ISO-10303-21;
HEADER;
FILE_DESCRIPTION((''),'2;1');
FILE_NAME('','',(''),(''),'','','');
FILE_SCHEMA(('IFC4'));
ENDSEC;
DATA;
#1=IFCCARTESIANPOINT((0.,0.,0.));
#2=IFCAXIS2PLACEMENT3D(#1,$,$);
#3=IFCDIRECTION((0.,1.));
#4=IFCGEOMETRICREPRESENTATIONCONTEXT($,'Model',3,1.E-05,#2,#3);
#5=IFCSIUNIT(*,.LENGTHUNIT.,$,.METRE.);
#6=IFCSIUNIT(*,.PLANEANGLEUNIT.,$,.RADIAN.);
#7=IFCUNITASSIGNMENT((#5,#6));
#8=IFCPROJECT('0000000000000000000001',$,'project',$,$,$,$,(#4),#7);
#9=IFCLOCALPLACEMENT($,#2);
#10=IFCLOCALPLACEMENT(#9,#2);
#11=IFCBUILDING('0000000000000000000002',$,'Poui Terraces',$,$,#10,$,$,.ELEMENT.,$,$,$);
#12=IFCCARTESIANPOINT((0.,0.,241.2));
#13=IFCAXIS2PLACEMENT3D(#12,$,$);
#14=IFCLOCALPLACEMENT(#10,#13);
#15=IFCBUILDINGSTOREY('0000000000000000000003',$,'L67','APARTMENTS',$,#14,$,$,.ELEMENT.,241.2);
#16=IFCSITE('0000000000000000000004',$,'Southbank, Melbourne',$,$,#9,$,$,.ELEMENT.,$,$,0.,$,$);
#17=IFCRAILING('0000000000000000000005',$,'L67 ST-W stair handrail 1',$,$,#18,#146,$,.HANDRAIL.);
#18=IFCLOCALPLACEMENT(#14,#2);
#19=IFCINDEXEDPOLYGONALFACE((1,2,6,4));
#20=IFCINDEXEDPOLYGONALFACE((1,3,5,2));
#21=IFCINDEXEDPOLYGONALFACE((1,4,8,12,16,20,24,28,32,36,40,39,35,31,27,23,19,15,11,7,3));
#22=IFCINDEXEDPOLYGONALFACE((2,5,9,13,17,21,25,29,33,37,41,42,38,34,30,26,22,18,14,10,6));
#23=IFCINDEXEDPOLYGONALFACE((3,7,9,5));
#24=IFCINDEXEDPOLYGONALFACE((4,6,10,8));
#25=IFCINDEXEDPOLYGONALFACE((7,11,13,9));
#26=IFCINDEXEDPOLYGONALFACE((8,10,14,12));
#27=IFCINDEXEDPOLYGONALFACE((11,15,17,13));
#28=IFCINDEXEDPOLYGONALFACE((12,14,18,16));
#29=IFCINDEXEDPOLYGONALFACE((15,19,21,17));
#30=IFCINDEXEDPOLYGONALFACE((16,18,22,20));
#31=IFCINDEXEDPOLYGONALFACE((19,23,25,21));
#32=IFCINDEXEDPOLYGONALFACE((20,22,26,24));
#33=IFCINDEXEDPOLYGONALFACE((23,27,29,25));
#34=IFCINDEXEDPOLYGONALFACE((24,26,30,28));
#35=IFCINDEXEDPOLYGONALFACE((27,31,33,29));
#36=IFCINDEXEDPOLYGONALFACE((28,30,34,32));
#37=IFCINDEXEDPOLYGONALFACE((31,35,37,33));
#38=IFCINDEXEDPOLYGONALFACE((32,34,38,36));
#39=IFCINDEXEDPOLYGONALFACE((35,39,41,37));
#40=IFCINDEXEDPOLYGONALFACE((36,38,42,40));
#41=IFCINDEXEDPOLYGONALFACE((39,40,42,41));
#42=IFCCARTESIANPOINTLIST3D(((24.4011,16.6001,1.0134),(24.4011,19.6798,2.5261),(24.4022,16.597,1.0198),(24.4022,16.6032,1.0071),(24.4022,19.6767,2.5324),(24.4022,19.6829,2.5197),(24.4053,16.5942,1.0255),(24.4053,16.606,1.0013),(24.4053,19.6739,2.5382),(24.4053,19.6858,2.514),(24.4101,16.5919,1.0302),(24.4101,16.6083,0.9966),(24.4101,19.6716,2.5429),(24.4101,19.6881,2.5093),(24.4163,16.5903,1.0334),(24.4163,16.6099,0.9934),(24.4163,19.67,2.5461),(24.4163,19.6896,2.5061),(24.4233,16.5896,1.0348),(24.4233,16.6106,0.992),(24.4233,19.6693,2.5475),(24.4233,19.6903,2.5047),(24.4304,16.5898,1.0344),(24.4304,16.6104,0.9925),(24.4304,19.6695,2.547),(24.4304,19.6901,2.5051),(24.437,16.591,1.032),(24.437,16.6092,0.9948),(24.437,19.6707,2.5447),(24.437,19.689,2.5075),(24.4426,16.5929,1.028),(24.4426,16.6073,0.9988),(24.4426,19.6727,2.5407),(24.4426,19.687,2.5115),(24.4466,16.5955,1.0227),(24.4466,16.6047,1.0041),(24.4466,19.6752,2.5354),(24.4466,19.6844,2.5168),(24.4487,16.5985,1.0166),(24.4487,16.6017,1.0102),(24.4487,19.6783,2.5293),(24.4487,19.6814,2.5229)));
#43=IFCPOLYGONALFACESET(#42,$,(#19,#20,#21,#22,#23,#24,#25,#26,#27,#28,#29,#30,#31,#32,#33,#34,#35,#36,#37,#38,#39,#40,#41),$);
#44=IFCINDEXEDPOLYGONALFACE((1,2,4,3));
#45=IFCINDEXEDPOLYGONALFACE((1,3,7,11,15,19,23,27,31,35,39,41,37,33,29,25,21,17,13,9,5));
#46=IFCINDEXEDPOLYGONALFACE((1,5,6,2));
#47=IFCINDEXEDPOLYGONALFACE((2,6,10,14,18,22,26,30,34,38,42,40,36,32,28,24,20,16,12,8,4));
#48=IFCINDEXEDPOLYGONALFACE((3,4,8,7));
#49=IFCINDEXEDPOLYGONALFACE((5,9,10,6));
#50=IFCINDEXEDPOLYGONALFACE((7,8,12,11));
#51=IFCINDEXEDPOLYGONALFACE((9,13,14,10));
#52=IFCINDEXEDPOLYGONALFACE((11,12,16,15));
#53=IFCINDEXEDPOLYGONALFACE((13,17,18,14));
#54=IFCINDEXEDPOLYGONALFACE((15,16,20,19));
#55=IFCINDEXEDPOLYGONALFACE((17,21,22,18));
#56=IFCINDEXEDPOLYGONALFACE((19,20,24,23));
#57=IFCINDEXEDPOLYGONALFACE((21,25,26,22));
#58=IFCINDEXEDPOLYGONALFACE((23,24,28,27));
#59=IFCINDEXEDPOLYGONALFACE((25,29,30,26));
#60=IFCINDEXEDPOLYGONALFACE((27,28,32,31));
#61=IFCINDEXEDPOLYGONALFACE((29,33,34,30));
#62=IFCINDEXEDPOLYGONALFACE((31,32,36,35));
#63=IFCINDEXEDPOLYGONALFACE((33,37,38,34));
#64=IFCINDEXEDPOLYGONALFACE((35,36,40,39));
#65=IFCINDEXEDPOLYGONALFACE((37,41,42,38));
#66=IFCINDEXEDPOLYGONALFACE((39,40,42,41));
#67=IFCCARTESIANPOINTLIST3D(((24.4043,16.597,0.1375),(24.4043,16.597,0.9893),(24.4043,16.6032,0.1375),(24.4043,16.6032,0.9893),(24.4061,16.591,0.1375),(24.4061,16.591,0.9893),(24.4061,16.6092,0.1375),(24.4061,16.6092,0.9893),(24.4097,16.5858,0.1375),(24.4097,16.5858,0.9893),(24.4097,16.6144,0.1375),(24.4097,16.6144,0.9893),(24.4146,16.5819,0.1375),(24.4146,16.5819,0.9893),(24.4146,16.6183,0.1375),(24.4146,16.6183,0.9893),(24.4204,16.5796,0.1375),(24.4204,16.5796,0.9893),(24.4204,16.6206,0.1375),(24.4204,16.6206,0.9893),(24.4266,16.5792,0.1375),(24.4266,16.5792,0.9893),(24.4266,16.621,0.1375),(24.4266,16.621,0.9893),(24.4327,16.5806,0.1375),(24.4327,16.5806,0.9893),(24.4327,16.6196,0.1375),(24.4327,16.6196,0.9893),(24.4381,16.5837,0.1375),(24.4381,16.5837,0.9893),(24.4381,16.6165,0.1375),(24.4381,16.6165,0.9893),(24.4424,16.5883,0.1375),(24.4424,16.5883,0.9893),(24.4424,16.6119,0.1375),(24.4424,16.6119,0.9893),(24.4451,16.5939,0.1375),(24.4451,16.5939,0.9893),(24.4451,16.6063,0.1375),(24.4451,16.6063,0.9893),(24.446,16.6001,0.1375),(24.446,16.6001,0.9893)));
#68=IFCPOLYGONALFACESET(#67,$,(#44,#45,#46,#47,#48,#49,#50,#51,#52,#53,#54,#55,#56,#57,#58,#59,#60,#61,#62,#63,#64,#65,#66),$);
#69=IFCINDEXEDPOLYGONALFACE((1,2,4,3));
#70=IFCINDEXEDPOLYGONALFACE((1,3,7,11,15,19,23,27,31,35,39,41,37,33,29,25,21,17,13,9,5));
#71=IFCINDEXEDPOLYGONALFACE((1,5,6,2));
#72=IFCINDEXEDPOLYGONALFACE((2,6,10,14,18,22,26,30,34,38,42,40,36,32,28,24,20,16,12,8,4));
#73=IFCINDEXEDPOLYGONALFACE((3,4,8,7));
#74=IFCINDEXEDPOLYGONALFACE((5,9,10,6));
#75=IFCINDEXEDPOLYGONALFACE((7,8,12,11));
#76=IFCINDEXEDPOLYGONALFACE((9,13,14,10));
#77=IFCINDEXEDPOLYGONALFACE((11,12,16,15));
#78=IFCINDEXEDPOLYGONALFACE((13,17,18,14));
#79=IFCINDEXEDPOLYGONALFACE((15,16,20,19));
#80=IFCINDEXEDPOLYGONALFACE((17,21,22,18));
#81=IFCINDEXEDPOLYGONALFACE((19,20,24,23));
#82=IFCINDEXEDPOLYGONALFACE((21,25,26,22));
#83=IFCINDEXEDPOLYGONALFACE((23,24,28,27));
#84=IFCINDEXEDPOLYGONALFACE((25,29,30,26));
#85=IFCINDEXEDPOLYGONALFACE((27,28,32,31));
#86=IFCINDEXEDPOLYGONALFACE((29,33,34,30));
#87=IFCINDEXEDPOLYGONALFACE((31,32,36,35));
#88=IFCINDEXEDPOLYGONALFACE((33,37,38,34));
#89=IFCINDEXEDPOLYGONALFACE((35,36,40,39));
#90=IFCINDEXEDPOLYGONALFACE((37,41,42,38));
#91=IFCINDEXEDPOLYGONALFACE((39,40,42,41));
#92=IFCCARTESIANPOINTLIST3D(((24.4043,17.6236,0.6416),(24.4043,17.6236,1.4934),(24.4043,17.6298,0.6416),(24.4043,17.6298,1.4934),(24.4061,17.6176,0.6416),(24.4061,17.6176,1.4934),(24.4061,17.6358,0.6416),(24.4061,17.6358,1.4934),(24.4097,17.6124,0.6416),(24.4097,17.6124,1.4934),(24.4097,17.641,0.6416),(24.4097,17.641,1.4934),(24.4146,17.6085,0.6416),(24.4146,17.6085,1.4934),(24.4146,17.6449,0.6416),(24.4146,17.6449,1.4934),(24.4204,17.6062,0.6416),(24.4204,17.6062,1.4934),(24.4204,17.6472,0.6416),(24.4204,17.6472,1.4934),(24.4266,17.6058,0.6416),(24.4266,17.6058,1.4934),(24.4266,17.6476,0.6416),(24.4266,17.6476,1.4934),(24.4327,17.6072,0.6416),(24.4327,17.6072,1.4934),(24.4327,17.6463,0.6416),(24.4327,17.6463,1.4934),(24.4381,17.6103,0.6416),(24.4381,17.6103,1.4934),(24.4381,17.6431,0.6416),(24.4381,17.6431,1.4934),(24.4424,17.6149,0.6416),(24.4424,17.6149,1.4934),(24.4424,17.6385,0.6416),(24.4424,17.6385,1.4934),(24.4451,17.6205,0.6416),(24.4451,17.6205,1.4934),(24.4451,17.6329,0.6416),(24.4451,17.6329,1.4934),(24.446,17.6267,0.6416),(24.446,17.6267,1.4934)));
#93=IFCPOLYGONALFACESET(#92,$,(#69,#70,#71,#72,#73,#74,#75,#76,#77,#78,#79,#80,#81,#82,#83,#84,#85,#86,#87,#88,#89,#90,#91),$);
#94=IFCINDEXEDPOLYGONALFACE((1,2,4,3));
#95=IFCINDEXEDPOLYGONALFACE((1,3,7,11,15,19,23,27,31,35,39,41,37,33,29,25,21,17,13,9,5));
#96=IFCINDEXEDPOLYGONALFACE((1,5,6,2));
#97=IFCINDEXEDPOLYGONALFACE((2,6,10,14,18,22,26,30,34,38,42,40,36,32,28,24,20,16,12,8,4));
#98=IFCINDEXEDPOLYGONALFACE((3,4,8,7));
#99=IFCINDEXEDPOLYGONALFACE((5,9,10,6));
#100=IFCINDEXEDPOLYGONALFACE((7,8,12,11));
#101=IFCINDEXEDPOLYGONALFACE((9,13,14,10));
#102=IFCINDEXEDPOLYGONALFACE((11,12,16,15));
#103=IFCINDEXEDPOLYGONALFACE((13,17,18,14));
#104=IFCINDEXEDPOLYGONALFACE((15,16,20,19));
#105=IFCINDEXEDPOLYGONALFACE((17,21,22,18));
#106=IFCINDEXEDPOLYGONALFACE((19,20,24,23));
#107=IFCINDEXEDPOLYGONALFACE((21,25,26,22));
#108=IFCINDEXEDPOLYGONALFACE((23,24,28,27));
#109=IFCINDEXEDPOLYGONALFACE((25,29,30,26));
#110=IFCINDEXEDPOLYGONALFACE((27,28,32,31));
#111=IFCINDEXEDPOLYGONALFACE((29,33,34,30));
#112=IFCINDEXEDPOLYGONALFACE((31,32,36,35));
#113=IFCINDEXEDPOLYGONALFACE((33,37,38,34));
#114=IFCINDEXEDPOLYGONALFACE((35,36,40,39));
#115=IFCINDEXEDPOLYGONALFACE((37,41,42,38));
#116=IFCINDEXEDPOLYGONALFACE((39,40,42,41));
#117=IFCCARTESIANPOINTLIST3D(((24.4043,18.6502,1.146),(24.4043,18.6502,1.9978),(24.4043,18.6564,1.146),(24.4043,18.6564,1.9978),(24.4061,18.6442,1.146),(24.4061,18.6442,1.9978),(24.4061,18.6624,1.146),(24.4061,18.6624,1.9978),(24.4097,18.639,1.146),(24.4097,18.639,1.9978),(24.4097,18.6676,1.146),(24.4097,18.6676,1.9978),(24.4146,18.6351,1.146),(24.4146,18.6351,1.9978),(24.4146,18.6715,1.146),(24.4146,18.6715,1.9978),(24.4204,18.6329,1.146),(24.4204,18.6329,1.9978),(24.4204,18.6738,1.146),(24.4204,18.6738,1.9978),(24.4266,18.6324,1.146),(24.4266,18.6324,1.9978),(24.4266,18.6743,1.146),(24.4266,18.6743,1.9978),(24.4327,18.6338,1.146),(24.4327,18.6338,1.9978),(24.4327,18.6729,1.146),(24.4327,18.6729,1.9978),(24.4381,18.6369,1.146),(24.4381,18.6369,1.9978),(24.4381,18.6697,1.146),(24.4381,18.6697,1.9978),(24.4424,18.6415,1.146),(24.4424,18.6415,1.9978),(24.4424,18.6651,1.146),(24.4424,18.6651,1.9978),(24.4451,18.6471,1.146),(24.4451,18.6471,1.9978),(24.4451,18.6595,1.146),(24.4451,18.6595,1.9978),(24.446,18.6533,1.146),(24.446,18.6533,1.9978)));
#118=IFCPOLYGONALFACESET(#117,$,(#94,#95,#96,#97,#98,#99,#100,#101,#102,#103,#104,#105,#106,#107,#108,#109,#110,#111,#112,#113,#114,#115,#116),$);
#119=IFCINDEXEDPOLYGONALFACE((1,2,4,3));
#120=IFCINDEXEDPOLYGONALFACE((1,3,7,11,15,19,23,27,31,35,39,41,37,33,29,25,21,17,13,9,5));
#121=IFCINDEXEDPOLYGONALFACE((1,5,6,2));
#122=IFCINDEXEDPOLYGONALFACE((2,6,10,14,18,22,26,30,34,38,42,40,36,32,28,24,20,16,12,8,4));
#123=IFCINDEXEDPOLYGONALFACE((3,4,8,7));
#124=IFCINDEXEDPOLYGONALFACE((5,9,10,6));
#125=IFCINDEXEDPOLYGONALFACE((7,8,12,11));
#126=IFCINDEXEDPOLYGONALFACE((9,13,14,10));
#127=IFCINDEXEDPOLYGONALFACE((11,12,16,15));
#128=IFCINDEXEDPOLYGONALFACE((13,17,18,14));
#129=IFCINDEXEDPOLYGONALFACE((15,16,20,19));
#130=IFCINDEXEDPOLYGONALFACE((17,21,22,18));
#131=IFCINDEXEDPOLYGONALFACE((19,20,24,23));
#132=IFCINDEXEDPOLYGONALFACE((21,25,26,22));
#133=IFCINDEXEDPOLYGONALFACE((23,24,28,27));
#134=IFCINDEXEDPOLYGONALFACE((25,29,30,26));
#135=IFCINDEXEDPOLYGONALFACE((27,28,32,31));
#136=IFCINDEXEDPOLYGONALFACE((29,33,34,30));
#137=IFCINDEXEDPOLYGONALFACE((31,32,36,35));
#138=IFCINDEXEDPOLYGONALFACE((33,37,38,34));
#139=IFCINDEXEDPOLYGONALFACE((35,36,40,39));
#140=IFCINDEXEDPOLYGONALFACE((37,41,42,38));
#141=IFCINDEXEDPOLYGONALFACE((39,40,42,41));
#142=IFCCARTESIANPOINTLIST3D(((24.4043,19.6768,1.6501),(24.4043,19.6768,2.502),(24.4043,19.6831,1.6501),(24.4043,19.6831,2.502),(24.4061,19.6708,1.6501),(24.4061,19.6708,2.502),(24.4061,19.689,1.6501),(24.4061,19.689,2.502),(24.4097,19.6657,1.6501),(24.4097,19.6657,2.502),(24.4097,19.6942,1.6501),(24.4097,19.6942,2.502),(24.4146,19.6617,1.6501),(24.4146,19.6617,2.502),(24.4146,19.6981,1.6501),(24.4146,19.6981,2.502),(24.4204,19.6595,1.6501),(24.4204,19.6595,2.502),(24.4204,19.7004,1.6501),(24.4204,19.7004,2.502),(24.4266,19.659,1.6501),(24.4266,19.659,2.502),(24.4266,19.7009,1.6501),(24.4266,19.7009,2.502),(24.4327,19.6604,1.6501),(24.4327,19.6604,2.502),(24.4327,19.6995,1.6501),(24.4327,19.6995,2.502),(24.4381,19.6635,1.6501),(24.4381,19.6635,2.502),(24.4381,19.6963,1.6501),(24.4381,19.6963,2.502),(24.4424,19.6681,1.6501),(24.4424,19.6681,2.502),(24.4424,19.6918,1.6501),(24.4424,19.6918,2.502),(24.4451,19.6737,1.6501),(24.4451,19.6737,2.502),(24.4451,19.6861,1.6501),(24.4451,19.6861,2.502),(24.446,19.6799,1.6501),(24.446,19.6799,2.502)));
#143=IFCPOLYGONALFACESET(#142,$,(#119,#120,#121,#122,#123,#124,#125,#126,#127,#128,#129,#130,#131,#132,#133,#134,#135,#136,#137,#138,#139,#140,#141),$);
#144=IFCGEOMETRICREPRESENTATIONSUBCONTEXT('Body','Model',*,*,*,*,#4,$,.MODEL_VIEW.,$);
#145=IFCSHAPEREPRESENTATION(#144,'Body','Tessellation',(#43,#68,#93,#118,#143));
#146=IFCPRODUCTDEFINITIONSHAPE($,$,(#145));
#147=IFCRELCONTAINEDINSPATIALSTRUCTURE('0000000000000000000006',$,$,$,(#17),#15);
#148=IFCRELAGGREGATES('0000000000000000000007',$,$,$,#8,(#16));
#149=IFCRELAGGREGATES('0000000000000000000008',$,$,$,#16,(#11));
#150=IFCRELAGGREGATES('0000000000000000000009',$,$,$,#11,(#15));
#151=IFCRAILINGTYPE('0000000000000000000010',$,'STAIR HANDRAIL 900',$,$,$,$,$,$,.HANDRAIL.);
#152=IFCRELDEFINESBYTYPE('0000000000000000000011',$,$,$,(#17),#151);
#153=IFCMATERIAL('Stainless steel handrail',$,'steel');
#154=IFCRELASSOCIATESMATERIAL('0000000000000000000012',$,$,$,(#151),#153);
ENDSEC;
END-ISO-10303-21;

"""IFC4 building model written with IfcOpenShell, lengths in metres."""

from ifc_helpers import new_model, si_unit, direction, frame, origin, origin_2d, place, context, subcontext, project, spatial, circle, extrude, material, type_object, element, save


model = new_model("IFC4")

# Units and contexts
model_context = context("Model", 3, precision=1e-05, world=origin(), true_north=direction((0.0, 1.0)))
body_context = subcontext(model_context, "Body", "Model", "MODEL_VIEW")
ifc_project = project(units=[si_unit("LENGTHUNIT", "METRE"), si_unit("PLANEANGLEUNIT", "RADIAN")], contexts=[model_context])

# Site, building, storey
site_placement = place(None, origin())
site = spatial("IfcSite", under=ifc_project, at=site_placement, Name="Southbank, Melbourne", CompositionType="ELEMENT", RefElevation=0.0)
building_placement = place(site_placement, origin())
building = spatial("IfcBuilding", under=site, at=building_placement, Name="Poui Terraces", CompositionType="ELEMENT")
storey_placement = place(building_placement, frame((0.0, 0.0, 241.2)))
storey = spatial("IfcBuildingStorey", under=building, at=storey_placement, Name="L67", Description="APARTMENTS", CompositionType="ELEMENT", Elevation=241.2)

# Railing
ifc_material_1 = material(Name="Stainless steel handrail", Category="steel")
railing_type_1 = type_object("IfcRailingType", Name="STAIR HANDRAIL 900", PredefinedType="HANDRAIL", material=ifc_material_1)
railing_1_placement = place(storey_placement, frame((24.425, 16.6001, 0.1375)))
element("IfcRailing", 1, at=railing_1_placement, inside=storey, type_object=railing_type_1, Name="L67 ST-W stair handrail 1", PredefinedType="HANDRAIL", context=body_context, shape_type="SweptSolid", body=[
    extrude(circle(Radius=0.0239, at=origin_2d()), frame((0.0, 0.0, 0.876), z_axis=(0.0, 0.897578, 0.440856), x_axis=(-1.0, 0.0, 0.0)), (0.0, 0.0, 1.0), 3.4312),
    extrude(circle(Radius=0.021, at=origin_2d()), origin(), (0.0, 0.0, 1.0), 0.8518),
    extrude(circle(Radius=0.021, at=origin_2d()), frame((0.0, 1.0266, 0.5042)), (0.0, 0.0, 1.0), 0.8518),
    extrude(circle(Radius=0.021, at=origin_2d()), frame((0.0, 2.0532, 1.0085)), (0.0, 0.0, 1.0), 0.8518),
    extrude(circle(Radius=0.021, at=origin_2d()), frame((0.0, 3.0798, 1.5127)), (0.0, 0.0, 1.0), 0.8518),
])

save(model, "model.ifc")
